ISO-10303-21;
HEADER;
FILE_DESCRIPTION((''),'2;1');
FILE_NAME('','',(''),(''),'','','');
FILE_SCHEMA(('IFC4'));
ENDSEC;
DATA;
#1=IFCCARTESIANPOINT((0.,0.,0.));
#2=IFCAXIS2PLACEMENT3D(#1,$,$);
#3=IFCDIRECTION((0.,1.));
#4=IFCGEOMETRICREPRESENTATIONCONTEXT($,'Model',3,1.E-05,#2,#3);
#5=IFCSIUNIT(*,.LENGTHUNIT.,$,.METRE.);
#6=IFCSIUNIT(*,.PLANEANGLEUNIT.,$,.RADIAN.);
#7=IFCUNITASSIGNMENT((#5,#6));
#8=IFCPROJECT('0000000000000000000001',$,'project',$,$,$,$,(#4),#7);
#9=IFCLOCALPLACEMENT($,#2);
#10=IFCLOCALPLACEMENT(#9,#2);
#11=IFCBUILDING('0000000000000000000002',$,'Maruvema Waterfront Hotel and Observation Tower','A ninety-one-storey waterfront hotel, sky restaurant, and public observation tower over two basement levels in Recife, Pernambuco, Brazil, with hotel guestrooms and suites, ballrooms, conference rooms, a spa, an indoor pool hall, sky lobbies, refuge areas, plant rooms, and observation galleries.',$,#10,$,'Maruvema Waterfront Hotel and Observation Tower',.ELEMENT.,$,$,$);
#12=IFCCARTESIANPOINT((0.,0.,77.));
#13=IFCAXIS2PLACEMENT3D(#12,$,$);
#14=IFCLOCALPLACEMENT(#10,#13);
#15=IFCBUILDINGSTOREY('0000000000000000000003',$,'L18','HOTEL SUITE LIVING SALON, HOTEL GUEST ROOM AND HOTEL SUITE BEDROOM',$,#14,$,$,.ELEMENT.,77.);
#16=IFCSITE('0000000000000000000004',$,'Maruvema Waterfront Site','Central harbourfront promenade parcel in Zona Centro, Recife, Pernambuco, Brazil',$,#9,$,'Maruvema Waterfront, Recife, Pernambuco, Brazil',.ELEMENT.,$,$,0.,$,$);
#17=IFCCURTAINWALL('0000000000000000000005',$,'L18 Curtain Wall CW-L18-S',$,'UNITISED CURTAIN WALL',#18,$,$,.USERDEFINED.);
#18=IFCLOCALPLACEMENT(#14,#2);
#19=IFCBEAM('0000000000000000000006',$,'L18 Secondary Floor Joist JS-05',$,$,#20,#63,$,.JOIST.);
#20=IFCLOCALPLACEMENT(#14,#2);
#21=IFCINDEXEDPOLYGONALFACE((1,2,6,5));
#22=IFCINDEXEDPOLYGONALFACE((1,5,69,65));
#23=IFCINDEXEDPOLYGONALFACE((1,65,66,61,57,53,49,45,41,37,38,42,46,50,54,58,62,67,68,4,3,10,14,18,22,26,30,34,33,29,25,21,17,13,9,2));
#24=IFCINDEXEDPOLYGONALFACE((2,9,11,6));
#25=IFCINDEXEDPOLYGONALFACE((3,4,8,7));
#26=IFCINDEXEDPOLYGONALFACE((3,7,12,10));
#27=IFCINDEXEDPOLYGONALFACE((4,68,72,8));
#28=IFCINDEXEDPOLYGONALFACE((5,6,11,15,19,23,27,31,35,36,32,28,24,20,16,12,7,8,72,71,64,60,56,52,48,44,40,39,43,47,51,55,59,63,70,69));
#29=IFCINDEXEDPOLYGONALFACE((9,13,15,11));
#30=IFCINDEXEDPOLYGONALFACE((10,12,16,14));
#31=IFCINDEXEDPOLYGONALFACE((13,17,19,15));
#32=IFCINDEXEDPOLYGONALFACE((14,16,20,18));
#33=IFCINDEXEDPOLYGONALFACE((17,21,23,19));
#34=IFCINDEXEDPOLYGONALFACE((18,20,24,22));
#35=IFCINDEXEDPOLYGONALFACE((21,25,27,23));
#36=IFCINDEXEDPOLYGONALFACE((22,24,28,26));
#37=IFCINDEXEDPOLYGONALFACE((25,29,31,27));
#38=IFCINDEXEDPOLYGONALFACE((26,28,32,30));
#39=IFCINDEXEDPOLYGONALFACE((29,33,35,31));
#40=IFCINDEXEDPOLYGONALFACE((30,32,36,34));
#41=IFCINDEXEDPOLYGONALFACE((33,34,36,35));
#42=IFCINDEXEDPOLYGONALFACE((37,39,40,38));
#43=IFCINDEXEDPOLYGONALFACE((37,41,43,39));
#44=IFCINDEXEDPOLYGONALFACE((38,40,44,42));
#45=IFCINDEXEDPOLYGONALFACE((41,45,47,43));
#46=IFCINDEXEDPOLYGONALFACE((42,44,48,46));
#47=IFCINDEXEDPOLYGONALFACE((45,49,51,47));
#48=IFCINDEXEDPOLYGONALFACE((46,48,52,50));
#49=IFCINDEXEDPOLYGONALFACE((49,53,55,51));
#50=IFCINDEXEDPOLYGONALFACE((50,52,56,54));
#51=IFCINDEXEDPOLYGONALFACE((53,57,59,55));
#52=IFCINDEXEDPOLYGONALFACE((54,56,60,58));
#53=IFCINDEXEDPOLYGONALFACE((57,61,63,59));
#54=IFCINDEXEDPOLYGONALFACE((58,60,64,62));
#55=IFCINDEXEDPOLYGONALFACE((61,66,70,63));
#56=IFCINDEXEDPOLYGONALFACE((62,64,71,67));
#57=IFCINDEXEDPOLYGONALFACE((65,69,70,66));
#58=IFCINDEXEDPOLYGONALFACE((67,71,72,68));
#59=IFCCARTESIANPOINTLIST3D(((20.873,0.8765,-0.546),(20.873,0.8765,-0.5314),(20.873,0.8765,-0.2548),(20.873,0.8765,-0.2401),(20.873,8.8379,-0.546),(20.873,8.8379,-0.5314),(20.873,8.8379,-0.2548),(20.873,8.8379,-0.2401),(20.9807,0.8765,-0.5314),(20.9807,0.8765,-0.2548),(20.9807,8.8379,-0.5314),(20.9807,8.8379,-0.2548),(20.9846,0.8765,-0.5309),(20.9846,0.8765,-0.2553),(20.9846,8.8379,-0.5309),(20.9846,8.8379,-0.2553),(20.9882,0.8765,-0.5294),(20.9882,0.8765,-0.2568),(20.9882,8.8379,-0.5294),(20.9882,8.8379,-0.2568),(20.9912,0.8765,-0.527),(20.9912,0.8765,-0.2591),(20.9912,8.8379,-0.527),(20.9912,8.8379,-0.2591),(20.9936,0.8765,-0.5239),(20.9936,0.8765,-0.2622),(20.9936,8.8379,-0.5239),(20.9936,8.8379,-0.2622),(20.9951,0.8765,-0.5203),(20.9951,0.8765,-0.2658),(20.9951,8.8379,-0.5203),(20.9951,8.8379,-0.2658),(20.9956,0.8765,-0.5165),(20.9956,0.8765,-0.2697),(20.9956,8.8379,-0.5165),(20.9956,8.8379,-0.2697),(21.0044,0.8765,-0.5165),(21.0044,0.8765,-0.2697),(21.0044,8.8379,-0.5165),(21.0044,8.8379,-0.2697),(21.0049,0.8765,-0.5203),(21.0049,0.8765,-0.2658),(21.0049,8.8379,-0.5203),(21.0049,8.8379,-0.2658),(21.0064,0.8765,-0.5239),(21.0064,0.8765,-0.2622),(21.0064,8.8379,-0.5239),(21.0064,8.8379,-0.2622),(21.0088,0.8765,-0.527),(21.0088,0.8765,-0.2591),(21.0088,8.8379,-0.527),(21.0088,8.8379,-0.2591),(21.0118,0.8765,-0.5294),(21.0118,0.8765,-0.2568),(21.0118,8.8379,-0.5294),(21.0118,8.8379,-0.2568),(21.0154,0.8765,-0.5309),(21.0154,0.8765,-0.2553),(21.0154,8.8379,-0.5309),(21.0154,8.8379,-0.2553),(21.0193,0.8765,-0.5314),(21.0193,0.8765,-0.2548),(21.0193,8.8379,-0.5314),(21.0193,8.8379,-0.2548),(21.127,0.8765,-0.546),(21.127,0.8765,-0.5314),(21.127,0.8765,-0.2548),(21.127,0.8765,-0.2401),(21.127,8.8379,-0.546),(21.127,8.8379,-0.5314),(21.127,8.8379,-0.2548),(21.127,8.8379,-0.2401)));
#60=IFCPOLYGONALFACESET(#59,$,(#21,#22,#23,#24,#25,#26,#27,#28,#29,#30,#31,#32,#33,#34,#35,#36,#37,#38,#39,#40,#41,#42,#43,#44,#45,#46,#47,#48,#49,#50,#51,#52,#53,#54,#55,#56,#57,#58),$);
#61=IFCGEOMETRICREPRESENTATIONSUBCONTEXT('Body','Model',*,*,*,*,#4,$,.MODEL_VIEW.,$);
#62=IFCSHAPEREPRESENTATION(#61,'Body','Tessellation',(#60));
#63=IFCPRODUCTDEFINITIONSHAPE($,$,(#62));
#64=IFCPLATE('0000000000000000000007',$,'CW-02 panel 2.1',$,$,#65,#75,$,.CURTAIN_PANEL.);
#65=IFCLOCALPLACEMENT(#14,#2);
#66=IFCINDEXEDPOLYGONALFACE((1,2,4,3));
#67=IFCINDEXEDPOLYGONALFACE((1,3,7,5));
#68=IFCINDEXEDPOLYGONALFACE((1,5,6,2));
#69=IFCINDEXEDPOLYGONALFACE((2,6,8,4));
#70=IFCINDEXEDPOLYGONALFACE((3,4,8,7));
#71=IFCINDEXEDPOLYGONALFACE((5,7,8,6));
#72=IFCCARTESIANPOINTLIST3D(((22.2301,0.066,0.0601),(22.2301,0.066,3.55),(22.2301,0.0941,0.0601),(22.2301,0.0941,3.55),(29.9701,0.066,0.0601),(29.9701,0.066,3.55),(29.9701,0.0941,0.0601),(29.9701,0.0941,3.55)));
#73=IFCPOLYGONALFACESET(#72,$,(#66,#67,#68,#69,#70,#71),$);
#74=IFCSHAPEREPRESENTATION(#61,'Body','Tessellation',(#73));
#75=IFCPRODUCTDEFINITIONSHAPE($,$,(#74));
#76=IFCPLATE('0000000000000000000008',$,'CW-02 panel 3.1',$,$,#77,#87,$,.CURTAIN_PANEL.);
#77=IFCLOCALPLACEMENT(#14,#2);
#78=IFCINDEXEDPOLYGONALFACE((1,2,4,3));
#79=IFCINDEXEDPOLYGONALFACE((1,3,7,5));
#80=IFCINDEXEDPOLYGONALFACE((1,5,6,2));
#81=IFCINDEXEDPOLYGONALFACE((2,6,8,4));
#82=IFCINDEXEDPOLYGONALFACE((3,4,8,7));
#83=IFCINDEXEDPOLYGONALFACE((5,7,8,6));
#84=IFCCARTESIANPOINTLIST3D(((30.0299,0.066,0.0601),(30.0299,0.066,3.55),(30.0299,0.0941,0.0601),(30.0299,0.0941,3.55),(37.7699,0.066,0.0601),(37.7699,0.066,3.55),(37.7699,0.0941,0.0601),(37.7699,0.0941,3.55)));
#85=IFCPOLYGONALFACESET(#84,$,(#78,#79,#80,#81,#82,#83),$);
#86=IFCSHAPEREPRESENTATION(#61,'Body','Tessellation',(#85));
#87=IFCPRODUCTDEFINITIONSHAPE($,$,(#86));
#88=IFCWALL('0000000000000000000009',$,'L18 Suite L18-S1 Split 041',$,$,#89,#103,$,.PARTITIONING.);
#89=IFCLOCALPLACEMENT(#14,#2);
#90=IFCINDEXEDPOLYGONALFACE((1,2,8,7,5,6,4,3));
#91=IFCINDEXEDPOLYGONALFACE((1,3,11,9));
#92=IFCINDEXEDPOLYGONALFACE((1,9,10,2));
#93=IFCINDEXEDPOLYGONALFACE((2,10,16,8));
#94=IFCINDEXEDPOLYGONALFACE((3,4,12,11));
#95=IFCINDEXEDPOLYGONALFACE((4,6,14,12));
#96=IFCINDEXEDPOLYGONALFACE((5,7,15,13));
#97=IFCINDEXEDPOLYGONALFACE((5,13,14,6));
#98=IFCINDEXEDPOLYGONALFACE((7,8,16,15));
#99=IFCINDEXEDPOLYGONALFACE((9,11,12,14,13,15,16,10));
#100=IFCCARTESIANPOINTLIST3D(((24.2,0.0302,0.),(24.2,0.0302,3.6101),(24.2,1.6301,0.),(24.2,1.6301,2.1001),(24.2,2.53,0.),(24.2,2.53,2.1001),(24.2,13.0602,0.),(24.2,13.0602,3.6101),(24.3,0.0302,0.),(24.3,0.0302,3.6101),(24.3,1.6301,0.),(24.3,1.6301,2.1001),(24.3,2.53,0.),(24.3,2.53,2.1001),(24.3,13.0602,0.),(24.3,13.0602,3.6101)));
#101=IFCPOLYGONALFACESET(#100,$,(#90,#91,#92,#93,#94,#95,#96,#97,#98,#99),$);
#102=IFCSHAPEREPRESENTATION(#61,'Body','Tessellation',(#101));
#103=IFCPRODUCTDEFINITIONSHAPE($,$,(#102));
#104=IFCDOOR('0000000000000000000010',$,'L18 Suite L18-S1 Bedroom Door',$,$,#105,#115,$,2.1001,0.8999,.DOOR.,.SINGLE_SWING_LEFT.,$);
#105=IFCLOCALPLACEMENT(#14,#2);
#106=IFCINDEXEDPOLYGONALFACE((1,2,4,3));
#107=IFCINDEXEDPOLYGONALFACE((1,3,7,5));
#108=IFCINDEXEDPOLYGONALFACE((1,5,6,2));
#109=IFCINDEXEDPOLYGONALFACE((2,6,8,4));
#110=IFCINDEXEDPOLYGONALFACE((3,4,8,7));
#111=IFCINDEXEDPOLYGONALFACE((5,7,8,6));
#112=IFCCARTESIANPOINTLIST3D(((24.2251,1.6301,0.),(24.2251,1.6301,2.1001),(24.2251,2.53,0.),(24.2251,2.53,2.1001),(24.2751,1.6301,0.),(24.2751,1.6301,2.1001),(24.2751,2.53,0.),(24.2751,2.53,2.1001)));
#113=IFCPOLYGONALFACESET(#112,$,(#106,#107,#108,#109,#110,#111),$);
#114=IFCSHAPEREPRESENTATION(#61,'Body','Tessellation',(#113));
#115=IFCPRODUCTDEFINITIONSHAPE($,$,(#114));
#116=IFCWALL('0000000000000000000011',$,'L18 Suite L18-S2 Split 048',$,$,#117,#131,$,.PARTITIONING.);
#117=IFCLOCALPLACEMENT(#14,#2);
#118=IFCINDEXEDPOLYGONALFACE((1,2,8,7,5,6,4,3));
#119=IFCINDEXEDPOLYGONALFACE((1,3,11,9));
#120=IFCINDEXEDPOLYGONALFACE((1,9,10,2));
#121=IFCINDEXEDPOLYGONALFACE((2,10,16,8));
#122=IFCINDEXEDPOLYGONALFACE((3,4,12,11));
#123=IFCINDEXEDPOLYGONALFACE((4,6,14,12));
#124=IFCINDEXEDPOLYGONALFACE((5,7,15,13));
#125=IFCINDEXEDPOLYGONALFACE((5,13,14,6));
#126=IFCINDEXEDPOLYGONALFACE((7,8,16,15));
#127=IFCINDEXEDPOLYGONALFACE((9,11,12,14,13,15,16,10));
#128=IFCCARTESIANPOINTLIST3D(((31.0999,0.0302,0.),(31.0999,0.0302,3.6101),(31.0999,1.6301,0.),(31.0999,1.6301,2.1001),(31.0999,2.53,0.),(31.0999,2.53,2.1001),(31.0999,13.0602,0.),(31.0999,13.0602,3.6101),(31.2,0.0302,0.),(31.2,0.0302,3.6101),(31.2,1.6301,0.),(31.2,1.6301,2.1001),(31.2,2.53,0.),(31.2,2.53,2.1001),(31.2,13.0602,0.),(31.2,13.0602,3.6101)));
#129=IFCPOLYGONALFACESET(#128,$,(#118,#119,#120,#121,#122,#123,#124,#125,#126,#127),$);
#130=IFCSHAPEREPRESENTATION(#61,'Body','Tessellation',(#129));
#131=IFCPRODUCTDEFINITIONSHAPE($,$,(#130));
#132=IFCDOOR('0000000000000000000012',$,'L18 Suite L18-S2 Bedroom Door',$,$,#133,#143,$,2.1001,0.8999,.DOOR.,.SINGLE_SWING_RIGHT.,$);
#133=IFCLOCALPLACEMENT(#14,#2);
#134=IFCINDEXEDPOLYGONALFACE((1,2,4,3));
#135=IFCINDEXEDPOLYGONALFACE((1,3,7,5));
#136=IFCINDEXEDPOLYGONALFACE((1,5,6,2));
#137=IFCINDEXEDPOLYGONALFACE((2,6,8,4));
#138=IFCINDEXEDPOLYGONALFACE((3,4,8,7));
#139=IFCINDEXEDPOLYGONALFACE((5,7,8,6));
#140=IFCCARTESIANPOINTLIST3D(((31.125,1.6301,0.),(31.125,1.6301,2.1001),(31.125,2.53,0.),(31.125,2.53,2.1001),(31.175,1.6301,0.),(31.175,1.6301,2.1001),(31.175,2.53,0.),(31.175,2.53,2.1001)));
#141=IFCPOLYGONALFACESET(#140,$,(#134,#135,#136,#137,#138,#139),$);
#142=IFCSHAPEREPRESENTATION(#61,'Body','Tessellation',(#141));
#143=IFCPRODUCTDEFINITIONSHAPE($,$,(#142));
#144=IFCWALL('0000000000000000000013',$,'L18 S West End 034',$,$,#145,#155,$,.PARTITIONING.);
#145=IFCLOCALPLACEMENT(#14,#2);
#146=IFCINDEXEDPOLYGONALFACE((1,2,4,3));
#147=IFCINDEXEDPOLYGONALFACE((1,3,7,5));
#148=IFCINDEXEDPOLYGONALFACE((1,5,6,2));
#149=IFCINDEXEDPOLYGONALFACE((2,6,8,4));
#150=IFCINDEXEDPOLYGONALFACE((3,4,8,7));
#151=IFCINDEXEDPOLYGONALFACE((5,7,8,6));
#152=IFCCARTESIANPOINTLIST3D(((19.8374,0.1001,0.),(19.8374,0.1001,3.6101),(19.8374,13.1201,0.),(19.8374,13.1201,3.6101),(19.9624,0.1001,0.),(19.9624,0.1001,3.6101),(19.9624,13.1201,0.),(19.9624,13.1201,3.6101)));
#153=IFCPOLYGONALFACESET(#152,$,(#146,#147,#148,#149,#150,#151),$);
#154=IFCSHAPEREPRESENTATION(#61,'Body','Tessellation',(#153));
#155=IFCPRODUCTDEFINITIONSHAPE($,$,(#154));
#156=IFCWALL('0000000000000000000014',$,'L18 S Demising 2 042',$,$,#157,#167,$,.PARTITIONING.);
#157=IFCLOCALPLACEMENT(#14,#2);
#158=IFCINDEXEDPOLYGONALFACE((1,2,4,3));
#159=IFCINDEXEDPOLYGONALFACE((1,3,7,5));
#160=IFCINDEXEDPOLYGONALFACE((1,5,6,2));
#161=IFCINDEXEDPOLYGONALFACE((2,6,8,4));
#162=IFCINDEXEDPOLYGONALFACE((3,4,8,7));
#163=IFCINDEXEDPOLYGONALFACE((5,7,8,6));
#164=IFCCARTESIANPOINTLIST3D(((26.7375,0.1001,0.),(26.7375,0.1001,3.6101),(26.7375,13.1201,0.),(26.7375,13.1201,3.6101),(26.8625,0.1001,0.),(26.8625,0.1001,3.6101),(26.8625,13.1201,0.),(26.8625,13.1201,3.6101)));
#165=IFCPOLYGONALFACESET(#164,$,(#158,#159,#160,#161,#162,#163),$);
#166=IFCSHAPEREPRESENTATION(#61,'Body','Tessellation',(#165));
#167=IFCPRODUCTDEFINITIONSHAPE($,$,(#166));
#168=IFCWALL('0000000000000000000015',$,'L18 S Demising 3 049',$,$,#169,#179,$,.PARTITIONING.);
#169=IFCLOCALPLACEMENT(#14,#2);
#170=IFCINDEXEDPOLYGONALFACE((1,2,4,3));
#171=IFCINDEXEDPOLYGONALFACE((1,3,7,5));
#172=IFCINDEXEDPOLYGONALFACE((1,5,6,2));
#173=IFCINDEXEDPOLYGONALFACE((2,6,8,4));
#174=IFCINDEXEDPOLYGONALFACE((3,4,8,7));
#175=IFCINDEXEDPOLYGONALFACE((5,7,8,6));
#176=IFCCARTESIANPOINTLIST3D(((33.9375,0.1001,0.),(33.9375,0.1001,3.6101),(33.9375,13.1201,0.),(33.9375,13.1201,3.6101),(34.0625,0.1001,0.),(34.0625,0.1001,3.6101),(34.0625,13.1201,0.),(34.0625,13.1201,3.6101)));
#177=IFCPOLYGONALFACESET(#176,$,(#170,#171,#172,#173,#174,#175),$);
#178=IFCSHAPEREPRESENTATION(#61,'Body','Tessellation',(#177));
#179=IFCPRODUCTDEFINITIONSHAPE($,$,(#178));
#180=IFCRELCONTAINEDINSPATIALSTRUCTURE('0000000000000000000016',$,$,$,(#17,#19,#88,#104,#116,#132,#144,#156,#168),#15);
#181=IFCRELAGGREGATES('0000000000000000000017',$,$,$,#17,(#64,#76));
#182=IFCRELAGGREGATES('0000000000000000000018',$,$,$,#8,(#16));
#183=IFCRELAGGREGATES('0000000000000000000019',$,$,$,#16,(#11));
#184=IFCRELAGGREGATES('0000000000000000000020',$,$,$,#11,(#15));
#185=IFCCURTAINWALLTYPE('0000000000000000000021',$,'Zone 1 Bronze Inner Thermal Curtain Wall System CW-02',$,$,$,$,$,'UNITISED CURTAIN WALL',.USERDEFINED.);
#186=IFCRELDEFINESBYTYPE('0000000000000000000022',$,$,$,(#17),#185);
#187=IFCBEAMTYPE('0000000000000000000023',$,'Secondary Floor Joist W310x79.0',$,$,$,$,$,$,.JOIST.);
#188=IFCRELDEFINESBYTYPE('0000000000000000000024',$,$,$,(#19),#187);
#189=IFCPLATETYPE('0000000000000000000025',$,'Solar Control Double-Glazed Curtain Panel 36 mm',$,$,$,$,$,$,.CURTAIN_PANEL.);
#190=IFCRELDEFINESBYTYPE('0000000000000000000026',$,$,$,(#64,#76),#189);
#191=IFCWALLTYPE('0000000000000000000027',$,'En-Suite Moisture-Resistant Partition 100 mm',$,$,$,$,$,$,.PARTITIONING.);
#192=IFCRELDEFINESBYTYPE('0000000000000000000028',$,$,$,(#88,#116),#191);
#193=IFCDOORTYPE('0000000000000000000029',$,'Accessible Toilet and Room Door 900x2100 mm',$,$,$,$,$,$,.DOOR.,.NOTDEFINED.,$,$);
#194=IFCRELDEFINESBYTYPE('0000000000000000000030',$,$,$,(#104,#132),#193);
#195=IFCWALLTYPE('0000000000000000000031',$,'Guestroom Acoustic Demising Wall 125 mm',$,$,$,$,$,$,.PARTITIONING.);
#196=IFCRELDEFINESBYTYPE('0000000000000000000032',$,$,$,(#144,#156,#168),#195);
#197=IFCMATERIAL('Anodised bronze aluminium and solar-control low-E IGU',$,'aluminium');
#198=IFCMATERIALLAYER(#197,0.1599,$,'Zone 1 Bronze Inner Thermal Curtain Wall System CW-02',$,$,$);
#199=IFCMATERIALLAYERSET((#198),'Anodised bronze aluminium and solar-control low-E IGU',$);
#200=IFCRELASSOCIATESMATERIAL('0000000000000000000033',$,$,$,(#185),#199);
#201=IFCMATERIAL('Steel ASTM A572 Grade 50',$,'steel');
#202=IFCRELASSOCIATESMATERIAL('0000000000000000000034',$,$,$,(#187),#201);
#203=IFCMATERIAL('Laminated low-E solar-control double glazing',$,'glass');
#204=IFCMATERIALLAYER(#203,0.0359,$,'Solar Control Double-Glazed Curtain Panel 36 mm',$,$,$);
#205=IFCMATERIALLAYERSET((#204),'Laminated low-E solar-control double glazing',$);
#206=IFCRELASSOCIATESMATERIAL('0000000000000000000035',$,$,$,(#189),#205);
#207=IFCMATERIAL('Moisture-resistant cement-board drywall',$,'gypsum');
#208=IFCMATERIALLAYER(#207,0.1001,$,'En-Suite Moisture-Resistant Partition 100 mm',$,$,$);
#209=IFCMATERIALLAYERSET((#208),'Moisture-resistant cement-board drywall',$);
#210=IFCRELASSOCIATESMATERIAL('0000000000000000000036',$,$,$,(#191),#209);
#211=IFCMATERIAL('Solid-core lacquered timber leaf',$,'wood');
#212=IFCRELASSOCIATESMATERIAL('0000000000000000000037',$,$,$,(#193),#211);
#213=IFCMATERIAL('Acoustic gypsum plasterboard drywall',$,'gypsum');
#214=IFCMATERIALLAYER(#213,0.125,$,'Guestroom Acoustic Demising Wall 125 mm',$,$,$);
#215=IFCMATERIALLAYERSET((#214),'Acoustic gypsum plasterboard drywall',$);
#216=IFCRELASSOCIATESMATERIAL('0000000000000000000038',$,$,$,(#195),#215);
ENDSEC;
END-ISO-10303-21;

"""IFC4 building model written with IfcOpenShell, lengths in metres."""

from ifc_helpers import new_model, si_unit, direction, frame, frame_2d, origin, origin_2d, place, context, subcontext, project, spatial, rectangle, i_section, extrude, material, layer, layer_set, material_profile, profile_set, type_object, element, fill, aggregate, save


model = new_model("IFC4")

# Units and contexts
model_context = context("Model", 3, precision=1e-05, world=origin(), true_north=direction((0.0, 1.0)))
body_context = subcontext(model_context, "Body", "Model", "MODEL_VIEW")
ifc_project = project(units=[si_unit("LENGTHUNIT", "METRE"), si_unit("PLANEANGLEUNIT", "RADIAN")], contexts=[model_context])

# Site, building, storey
site_placement = place(None, origin())
site = spatial("IfcSite", under=ifc_project, at=site_placement, Name="Maruvema Waterfront Site", Description="Central harbourfront promenade parcel in Zona Centro, Recife, Pernambuco, Brazil", LongName="Maruvema Waterfront, Recife, Pernambuco, Brazil", CompositionType="ELEMENT", RefElevation=0.0)
building_placement = place(site_placement, origin())
building = spatial("IfcBuilding", under=site, at=building_placement, Name="Maruvema Waterfront Hotel and Observation Tower", Description="A ninety-one-storey waterfront hotel, sky restaurant, and public observation tower over two basement levels in Recife, Pernambuco, Brazil, with hotel guestrooms and suites, ballrooms, conference rooms, a spa, an indoor pool hall, sky lobbies, refuge areas, plant rooms, and observation galleries.", LongName="Maruvema Waterfront Hotel and Observation Tower", CompositionType="ELEMENT")
storey_placement = place(building_placement, frame((0.0, 0.0, 77.0)))
storey = spatial("IfcBuildingStorey", under=building, at=storey_placement, Name="L18", Description="HOTEL SUITE LIVING SALON, HOTEL GUEST ROOM AND HOTEL SUITE BEDROOM", CompositionType="ELEMENT", Elevation=77.0)

# Curtain wall
ifc_material_1 = material(Name="Anodised bronze aluminium and solar-control low-E IGU", Category="aluminium")
ifc_layer_1 = layer(ifc_material_1, 0.1599, Name="Zone 1 Bronze Inner Thermal Curtain Wall System CW-02")
ifc_layer_set_1 = layer_set([ifc_layer_1], Name="Anodised bronze aluminium and solar-control low-E IGU")
curtain_wall_type = type_object("IfcCurtainWallType", Name="Zone 1 Bronze Inner Thermal Curtain Wall System CW-02", ElementType="UNITISED CURTAIN WALL", PredefinedType="USERDEFINED", material=ifc_layer_set_1)
curtain_wall_placement = place(storey_placement, origin())
curtain_wall = element("IfcCurtainWall", 1, at=curtain_wall_placement, inside=storey, type_object=curtain_wall_type, Name="L18 Curtain Wall CW-L18-S", ObjectType="UNITISED CURTAIN WALL", PredefinedType="USERDEFINED")

# Beam
ifc_material_2 = material(Name="Steel ASTM A572 Grade 50", Category="steel")
ifc_material_profile_1 = material_profile(ifc_material_2, i_section(OverallWidth=0.2539, OverallDepth=0.3059, WebThickness=0.0088, FlangeThickness=0.0146, FilletRadius=0.0149, at=origin_2d()), Name="W310x79.0")
ifc_profile_set_1 = profile_set([ifc_material_profile_1], Name="Steel ASTM A572 Grade 50")
beam_type_1 = type_object("IfcBeamType", Name="Secondary Floor Joist W310x79.0", PredefinedType="JOIST", material=ifc_profile_set_1)
beam_1_placement = place(storey_placement, frame((21.0, 0.8765, -0.3931), z_axis=(0.0, 1.0, 0.0), x_axis=(-1.0, 0.0, 0.0)))
element("IfcBeam", 2, at=beam_1_placement, inside=storey, type_object=beam_type_1, Name="L18 Secondary Floor Joist JS-05", PredefinedType="JOIST", context=body_context, shape_type="SweptSolid", body=[
    extrude(i_section(OverallWidth=0.2539, OverallDepth=0.3059, WebThickness=0.0088, FlangeThickness=0.0146, FilletRadius=0.0149, at=origin_2d()), origin(), (0.0, 0.0, 1.0), 7.9614),
])

# Plates
ifc_material_3 = material(Name="Laminated low-E solar-control double glazing", Category="glass")
ifc_layer_2 = layer(ifc_material_3, 0.0359, Name="Solar Control Double-Glazed Curtain Panel 36 mm")
ifc_layer_set_2 = layer_set([ifc_layer_2], Name="Laminated low-E solar-control double glazing")
plate_type = type_object("IfcPlateType", Name="Solar Control Double-Glazed Curtain Panel 36 mm", PredefinedType="CURTAIN_PANEL", material=ifc_layer_set_2)
plate_1_placement = place(storey_placement, frame((26.1001, 0.0801, 0.0601), z_axis=(0.0, 0.0, 1.0), x_axis=(1.0, 0.0, 0.0)))
plate_1 = element("IfcPlate", 3, at=plate_1_placement, type_object=plate_type, Name="CW-02 panel 2.1", PredefinedType="CURTAIN_PANEL", context=body_context, shape_type="SweptSolid", body=[
    extrude(rectangle(XDim=7.74, YDim=0.0281, at=origin_2d()), origin(), (0.0, 0.0, 1.0), 3.49),
])
plate_2_placement = place(storey_placement, frame((33.8999, 0.0801, 0.0601), z_axis=(0.0, 0.0, 1.0), x_axis=(1.0, 0.0, 0.0)))
plate_2 = element("IfcPlate", 4, at=plate_2_placement, type_object=plate_type, Name="CW-02 panel 3.1", PredefinedType="CURTAIN_PANEL", context=body_context, shape_type="SweptSolid", body=[
    extrude(rectangle(XDim=7.74, YDim=0.0281, at=origin_2d()), origin(), (0.0, 0.0, 1.0), 3.49),
])
aggregate(curtain_wall, [plate_1, plate_2])

# Walls, openings, doors
ifc_material_4 = material(Name="Moisture-resistant cement-board drywall", Category="gypsum")
ifc_layer_3 = layer(ifc_material_4, 0.1001, Name="En-Suite Moisture-Resistant Partition 100 mm")
ifc_layer_set_3 = layer_set([ifc_layer_3], Name="Moisture-resistant cement-board drywall")
wall_type_1 = type_object("IfcWallType", Name="En-Suite Moisture-Resistant Partition 100 mm", PredefinedType="PARTITIONING", material=ifc_layer_set_3)
wall_1_placement = place(storey_placement, frame((24.25, 0.03, 0.0), z_axis=(0.0, 0.0, 1.0), x_axis=(0.0, 1.0, 0.0)))
wall_1 = element("IfcWall", 5, at=wall_1_placement, inside=storey, type_object=wall_type_1, Name="L18 Suite L18-S1 Split 041", PredefinedType="PARTITIONING", context=body_context, shape_type="SweptSolid", body=[
    extrude(rectangle(XDim=13.03, YDim=0.1001, at=frame_2d((6.5151, 0.0))), origin(), (0.0, 0.0, 1.0), 3.6101),
])
opening_1_placement = place(wall_1_placement, frame((1.6001, 0.0, 0.0)))
opening_1 = element("IfcOpeningElement", 6, at=opening_1_placement, cuts=wall_1, PredefinedType="OPENING", context=body_context, shape_type="SweptSolid", body=[
    extrude(rectangle(XDim=0.8999, YDim=2.1001, at=frame_2d((0.45, 1.05))), frame((0.0, 0.0601, 0.0), z_axis=(0.0, -1.0, 0.0), x_axis=(1.0, 0.0, 0.0)), (0.0, 0.0, 1.0), 0.1201),
])
ifc_material_5 = material(Name="Solid-core lacquered timber leaf", Category="wood")
door_type = type_object("IfcDoorType", Name="Accessible Toilet and Room Door 900x2100 mm", OperationType="NOTDEFINED", PredefinedType="DOOR", material=ifc_material_5)
door_1_placement = place(opening_1_placement, origin())
door_1 = element("IfcDoor", 7, at=door_1_placement, inside=storey, type_object=door_type, Name="L18 Suite L18-S1 Bedroom Door", OperationType="SINGLE_SWING_LEFT", OverallHeight=2.1001, OverallWidth=0.8999, PredefinedType="DOOR", context=body_context, shape_type="SweptSolid", body=[
    extrude(rectangle(XDim=0.8999, YDim=2.1001, at=frame_2d((0.45, 1.05))), frame((0.0, 0.0249, 0.0), z_axis=(0.0, -1.0, 0.0), x_axis=(1.0, 0.0, 0.0)), (0.0, 0.0, 1.0), 0.05),
])
fill(opening_1, door_1)
wall_2_placement = place(storey_placement, frame((31.1499, 0.03, 0.0), z_axis=(0.0, 0.0, 1.0), x_axis=(0.0, 1.0, 0.0)))
wall_2 = element("IfcWall", 8, at=wall_2_placement, inside=storey, type_object=wall_type_1, Name="L18 Suite L18-S2 Split 048", PredefinedType="PARTITIONING", context=body_context, shape_type="SweptSolid", body=[
    extrude(rectangle(XDim=13.03, YDim=0.1001, at=frame_2d((6.5151, 0.0))), origin(), (0.0, 0.0, 1.0), 3.6101),
])
opening_2_placement = place(wall_2_placement, frame((1.6001, 0.0, 0.0)))
opening_2 = element("IfcOpeningElement", 9, at=opening_2_placement, cuts=wall_2, PredefinedType="OPENING", context=body_context, shape_type="SweptSolid", body=[
    extrude(rectangle(XDim=0.8999, YDim=2.1001, at=frame_2d((0.45, 1.05))), frame((0.0, 0.0601, 0.0), z_axis=(0.0, -1.0, 0.0), x_axis=(1.0, 0.0, 0.0)), (0.0, 0.0, 1.0), 0.1201),
])
door_2_placement = place(opening_2_placement, origin())
door_2 = element("IfcDoor", 10, at=door_2_placement, inside=storey, type_object=door_type, Name="L18 Suite L18-S2 Bedroom Door", OperationType="SINGLE_SWING_RIGHT", OverallHeight=2.1001, OverallWidth=0.8999, PredefinedType="DOOR", context=body_context, shape_type="SweptSolid", body=[
    extrude(rectangle(XDim=0.8999, YDim=2.1001, at=frame_2d((0.45, 1.05))), frame((0.0, 0.0249, 0.0), z_axis=(0.0, -1.0, 0.0), x_axis=(1.0, 0.0, 0.0)), (0.0, 0.0, 1.0), 0.05),
])
fill(opening_2, door_2)

# Walls
ifc_material_6 = material(Name="Acoustic gypsum plasterboard drywall", Category="gypsum")
ifc_layer_4 = layer(ifc_material_6, 0.125, Name="Guestroom Acoustic Demising Wall 125 mm")
ifc_layer_set_4 = layer_set([ifc_layer_4], Name="Acoustic gypsum plasterboard drywall")
wall_type_2 = type_object("IfcWallType", Name="Guestroom Acoustic Demising Wall 125 mm", PredefinedType="PARTITIONING", material=ifc_layer_set_4)
for number, where, z_axis, x_axis, name in (
    (11, (19.8999, 0.1001, 0.0), (0.0, 0.0, 1.0), (0.0, 1.0, 0.0), "L18 S West End 034"),
    (12, (26.8, 0.1001, 0.0), (0.0, 0.0, 1.0), (0.0, 1.0, 0.0), "L18 S Demising 2 042"),
    (13, (34.0, 0.1001, 0.0), (0.0, 0.0, 1.0), (0.0, 1.0, 0.0), "L18 S Demising 3 049"),
):
    element("IfcWall", number, at=place(storey_placement, frame(where, z_axis=z_axis, x_axis=x_axis)), inside=storey, type_object=wall_type_2, Name=name, PredefinedType="PARTITIONING", context=body_context, shape_type="SweptSolid", body=[
        extrude(rectangle(XDim=13.02, YDim=0.125, at=frame_2d((6.51, 0.0))), origin(), (0.0, 0.0, 1.0), 3.6101),
    ])

save(model, "model.ifc")
